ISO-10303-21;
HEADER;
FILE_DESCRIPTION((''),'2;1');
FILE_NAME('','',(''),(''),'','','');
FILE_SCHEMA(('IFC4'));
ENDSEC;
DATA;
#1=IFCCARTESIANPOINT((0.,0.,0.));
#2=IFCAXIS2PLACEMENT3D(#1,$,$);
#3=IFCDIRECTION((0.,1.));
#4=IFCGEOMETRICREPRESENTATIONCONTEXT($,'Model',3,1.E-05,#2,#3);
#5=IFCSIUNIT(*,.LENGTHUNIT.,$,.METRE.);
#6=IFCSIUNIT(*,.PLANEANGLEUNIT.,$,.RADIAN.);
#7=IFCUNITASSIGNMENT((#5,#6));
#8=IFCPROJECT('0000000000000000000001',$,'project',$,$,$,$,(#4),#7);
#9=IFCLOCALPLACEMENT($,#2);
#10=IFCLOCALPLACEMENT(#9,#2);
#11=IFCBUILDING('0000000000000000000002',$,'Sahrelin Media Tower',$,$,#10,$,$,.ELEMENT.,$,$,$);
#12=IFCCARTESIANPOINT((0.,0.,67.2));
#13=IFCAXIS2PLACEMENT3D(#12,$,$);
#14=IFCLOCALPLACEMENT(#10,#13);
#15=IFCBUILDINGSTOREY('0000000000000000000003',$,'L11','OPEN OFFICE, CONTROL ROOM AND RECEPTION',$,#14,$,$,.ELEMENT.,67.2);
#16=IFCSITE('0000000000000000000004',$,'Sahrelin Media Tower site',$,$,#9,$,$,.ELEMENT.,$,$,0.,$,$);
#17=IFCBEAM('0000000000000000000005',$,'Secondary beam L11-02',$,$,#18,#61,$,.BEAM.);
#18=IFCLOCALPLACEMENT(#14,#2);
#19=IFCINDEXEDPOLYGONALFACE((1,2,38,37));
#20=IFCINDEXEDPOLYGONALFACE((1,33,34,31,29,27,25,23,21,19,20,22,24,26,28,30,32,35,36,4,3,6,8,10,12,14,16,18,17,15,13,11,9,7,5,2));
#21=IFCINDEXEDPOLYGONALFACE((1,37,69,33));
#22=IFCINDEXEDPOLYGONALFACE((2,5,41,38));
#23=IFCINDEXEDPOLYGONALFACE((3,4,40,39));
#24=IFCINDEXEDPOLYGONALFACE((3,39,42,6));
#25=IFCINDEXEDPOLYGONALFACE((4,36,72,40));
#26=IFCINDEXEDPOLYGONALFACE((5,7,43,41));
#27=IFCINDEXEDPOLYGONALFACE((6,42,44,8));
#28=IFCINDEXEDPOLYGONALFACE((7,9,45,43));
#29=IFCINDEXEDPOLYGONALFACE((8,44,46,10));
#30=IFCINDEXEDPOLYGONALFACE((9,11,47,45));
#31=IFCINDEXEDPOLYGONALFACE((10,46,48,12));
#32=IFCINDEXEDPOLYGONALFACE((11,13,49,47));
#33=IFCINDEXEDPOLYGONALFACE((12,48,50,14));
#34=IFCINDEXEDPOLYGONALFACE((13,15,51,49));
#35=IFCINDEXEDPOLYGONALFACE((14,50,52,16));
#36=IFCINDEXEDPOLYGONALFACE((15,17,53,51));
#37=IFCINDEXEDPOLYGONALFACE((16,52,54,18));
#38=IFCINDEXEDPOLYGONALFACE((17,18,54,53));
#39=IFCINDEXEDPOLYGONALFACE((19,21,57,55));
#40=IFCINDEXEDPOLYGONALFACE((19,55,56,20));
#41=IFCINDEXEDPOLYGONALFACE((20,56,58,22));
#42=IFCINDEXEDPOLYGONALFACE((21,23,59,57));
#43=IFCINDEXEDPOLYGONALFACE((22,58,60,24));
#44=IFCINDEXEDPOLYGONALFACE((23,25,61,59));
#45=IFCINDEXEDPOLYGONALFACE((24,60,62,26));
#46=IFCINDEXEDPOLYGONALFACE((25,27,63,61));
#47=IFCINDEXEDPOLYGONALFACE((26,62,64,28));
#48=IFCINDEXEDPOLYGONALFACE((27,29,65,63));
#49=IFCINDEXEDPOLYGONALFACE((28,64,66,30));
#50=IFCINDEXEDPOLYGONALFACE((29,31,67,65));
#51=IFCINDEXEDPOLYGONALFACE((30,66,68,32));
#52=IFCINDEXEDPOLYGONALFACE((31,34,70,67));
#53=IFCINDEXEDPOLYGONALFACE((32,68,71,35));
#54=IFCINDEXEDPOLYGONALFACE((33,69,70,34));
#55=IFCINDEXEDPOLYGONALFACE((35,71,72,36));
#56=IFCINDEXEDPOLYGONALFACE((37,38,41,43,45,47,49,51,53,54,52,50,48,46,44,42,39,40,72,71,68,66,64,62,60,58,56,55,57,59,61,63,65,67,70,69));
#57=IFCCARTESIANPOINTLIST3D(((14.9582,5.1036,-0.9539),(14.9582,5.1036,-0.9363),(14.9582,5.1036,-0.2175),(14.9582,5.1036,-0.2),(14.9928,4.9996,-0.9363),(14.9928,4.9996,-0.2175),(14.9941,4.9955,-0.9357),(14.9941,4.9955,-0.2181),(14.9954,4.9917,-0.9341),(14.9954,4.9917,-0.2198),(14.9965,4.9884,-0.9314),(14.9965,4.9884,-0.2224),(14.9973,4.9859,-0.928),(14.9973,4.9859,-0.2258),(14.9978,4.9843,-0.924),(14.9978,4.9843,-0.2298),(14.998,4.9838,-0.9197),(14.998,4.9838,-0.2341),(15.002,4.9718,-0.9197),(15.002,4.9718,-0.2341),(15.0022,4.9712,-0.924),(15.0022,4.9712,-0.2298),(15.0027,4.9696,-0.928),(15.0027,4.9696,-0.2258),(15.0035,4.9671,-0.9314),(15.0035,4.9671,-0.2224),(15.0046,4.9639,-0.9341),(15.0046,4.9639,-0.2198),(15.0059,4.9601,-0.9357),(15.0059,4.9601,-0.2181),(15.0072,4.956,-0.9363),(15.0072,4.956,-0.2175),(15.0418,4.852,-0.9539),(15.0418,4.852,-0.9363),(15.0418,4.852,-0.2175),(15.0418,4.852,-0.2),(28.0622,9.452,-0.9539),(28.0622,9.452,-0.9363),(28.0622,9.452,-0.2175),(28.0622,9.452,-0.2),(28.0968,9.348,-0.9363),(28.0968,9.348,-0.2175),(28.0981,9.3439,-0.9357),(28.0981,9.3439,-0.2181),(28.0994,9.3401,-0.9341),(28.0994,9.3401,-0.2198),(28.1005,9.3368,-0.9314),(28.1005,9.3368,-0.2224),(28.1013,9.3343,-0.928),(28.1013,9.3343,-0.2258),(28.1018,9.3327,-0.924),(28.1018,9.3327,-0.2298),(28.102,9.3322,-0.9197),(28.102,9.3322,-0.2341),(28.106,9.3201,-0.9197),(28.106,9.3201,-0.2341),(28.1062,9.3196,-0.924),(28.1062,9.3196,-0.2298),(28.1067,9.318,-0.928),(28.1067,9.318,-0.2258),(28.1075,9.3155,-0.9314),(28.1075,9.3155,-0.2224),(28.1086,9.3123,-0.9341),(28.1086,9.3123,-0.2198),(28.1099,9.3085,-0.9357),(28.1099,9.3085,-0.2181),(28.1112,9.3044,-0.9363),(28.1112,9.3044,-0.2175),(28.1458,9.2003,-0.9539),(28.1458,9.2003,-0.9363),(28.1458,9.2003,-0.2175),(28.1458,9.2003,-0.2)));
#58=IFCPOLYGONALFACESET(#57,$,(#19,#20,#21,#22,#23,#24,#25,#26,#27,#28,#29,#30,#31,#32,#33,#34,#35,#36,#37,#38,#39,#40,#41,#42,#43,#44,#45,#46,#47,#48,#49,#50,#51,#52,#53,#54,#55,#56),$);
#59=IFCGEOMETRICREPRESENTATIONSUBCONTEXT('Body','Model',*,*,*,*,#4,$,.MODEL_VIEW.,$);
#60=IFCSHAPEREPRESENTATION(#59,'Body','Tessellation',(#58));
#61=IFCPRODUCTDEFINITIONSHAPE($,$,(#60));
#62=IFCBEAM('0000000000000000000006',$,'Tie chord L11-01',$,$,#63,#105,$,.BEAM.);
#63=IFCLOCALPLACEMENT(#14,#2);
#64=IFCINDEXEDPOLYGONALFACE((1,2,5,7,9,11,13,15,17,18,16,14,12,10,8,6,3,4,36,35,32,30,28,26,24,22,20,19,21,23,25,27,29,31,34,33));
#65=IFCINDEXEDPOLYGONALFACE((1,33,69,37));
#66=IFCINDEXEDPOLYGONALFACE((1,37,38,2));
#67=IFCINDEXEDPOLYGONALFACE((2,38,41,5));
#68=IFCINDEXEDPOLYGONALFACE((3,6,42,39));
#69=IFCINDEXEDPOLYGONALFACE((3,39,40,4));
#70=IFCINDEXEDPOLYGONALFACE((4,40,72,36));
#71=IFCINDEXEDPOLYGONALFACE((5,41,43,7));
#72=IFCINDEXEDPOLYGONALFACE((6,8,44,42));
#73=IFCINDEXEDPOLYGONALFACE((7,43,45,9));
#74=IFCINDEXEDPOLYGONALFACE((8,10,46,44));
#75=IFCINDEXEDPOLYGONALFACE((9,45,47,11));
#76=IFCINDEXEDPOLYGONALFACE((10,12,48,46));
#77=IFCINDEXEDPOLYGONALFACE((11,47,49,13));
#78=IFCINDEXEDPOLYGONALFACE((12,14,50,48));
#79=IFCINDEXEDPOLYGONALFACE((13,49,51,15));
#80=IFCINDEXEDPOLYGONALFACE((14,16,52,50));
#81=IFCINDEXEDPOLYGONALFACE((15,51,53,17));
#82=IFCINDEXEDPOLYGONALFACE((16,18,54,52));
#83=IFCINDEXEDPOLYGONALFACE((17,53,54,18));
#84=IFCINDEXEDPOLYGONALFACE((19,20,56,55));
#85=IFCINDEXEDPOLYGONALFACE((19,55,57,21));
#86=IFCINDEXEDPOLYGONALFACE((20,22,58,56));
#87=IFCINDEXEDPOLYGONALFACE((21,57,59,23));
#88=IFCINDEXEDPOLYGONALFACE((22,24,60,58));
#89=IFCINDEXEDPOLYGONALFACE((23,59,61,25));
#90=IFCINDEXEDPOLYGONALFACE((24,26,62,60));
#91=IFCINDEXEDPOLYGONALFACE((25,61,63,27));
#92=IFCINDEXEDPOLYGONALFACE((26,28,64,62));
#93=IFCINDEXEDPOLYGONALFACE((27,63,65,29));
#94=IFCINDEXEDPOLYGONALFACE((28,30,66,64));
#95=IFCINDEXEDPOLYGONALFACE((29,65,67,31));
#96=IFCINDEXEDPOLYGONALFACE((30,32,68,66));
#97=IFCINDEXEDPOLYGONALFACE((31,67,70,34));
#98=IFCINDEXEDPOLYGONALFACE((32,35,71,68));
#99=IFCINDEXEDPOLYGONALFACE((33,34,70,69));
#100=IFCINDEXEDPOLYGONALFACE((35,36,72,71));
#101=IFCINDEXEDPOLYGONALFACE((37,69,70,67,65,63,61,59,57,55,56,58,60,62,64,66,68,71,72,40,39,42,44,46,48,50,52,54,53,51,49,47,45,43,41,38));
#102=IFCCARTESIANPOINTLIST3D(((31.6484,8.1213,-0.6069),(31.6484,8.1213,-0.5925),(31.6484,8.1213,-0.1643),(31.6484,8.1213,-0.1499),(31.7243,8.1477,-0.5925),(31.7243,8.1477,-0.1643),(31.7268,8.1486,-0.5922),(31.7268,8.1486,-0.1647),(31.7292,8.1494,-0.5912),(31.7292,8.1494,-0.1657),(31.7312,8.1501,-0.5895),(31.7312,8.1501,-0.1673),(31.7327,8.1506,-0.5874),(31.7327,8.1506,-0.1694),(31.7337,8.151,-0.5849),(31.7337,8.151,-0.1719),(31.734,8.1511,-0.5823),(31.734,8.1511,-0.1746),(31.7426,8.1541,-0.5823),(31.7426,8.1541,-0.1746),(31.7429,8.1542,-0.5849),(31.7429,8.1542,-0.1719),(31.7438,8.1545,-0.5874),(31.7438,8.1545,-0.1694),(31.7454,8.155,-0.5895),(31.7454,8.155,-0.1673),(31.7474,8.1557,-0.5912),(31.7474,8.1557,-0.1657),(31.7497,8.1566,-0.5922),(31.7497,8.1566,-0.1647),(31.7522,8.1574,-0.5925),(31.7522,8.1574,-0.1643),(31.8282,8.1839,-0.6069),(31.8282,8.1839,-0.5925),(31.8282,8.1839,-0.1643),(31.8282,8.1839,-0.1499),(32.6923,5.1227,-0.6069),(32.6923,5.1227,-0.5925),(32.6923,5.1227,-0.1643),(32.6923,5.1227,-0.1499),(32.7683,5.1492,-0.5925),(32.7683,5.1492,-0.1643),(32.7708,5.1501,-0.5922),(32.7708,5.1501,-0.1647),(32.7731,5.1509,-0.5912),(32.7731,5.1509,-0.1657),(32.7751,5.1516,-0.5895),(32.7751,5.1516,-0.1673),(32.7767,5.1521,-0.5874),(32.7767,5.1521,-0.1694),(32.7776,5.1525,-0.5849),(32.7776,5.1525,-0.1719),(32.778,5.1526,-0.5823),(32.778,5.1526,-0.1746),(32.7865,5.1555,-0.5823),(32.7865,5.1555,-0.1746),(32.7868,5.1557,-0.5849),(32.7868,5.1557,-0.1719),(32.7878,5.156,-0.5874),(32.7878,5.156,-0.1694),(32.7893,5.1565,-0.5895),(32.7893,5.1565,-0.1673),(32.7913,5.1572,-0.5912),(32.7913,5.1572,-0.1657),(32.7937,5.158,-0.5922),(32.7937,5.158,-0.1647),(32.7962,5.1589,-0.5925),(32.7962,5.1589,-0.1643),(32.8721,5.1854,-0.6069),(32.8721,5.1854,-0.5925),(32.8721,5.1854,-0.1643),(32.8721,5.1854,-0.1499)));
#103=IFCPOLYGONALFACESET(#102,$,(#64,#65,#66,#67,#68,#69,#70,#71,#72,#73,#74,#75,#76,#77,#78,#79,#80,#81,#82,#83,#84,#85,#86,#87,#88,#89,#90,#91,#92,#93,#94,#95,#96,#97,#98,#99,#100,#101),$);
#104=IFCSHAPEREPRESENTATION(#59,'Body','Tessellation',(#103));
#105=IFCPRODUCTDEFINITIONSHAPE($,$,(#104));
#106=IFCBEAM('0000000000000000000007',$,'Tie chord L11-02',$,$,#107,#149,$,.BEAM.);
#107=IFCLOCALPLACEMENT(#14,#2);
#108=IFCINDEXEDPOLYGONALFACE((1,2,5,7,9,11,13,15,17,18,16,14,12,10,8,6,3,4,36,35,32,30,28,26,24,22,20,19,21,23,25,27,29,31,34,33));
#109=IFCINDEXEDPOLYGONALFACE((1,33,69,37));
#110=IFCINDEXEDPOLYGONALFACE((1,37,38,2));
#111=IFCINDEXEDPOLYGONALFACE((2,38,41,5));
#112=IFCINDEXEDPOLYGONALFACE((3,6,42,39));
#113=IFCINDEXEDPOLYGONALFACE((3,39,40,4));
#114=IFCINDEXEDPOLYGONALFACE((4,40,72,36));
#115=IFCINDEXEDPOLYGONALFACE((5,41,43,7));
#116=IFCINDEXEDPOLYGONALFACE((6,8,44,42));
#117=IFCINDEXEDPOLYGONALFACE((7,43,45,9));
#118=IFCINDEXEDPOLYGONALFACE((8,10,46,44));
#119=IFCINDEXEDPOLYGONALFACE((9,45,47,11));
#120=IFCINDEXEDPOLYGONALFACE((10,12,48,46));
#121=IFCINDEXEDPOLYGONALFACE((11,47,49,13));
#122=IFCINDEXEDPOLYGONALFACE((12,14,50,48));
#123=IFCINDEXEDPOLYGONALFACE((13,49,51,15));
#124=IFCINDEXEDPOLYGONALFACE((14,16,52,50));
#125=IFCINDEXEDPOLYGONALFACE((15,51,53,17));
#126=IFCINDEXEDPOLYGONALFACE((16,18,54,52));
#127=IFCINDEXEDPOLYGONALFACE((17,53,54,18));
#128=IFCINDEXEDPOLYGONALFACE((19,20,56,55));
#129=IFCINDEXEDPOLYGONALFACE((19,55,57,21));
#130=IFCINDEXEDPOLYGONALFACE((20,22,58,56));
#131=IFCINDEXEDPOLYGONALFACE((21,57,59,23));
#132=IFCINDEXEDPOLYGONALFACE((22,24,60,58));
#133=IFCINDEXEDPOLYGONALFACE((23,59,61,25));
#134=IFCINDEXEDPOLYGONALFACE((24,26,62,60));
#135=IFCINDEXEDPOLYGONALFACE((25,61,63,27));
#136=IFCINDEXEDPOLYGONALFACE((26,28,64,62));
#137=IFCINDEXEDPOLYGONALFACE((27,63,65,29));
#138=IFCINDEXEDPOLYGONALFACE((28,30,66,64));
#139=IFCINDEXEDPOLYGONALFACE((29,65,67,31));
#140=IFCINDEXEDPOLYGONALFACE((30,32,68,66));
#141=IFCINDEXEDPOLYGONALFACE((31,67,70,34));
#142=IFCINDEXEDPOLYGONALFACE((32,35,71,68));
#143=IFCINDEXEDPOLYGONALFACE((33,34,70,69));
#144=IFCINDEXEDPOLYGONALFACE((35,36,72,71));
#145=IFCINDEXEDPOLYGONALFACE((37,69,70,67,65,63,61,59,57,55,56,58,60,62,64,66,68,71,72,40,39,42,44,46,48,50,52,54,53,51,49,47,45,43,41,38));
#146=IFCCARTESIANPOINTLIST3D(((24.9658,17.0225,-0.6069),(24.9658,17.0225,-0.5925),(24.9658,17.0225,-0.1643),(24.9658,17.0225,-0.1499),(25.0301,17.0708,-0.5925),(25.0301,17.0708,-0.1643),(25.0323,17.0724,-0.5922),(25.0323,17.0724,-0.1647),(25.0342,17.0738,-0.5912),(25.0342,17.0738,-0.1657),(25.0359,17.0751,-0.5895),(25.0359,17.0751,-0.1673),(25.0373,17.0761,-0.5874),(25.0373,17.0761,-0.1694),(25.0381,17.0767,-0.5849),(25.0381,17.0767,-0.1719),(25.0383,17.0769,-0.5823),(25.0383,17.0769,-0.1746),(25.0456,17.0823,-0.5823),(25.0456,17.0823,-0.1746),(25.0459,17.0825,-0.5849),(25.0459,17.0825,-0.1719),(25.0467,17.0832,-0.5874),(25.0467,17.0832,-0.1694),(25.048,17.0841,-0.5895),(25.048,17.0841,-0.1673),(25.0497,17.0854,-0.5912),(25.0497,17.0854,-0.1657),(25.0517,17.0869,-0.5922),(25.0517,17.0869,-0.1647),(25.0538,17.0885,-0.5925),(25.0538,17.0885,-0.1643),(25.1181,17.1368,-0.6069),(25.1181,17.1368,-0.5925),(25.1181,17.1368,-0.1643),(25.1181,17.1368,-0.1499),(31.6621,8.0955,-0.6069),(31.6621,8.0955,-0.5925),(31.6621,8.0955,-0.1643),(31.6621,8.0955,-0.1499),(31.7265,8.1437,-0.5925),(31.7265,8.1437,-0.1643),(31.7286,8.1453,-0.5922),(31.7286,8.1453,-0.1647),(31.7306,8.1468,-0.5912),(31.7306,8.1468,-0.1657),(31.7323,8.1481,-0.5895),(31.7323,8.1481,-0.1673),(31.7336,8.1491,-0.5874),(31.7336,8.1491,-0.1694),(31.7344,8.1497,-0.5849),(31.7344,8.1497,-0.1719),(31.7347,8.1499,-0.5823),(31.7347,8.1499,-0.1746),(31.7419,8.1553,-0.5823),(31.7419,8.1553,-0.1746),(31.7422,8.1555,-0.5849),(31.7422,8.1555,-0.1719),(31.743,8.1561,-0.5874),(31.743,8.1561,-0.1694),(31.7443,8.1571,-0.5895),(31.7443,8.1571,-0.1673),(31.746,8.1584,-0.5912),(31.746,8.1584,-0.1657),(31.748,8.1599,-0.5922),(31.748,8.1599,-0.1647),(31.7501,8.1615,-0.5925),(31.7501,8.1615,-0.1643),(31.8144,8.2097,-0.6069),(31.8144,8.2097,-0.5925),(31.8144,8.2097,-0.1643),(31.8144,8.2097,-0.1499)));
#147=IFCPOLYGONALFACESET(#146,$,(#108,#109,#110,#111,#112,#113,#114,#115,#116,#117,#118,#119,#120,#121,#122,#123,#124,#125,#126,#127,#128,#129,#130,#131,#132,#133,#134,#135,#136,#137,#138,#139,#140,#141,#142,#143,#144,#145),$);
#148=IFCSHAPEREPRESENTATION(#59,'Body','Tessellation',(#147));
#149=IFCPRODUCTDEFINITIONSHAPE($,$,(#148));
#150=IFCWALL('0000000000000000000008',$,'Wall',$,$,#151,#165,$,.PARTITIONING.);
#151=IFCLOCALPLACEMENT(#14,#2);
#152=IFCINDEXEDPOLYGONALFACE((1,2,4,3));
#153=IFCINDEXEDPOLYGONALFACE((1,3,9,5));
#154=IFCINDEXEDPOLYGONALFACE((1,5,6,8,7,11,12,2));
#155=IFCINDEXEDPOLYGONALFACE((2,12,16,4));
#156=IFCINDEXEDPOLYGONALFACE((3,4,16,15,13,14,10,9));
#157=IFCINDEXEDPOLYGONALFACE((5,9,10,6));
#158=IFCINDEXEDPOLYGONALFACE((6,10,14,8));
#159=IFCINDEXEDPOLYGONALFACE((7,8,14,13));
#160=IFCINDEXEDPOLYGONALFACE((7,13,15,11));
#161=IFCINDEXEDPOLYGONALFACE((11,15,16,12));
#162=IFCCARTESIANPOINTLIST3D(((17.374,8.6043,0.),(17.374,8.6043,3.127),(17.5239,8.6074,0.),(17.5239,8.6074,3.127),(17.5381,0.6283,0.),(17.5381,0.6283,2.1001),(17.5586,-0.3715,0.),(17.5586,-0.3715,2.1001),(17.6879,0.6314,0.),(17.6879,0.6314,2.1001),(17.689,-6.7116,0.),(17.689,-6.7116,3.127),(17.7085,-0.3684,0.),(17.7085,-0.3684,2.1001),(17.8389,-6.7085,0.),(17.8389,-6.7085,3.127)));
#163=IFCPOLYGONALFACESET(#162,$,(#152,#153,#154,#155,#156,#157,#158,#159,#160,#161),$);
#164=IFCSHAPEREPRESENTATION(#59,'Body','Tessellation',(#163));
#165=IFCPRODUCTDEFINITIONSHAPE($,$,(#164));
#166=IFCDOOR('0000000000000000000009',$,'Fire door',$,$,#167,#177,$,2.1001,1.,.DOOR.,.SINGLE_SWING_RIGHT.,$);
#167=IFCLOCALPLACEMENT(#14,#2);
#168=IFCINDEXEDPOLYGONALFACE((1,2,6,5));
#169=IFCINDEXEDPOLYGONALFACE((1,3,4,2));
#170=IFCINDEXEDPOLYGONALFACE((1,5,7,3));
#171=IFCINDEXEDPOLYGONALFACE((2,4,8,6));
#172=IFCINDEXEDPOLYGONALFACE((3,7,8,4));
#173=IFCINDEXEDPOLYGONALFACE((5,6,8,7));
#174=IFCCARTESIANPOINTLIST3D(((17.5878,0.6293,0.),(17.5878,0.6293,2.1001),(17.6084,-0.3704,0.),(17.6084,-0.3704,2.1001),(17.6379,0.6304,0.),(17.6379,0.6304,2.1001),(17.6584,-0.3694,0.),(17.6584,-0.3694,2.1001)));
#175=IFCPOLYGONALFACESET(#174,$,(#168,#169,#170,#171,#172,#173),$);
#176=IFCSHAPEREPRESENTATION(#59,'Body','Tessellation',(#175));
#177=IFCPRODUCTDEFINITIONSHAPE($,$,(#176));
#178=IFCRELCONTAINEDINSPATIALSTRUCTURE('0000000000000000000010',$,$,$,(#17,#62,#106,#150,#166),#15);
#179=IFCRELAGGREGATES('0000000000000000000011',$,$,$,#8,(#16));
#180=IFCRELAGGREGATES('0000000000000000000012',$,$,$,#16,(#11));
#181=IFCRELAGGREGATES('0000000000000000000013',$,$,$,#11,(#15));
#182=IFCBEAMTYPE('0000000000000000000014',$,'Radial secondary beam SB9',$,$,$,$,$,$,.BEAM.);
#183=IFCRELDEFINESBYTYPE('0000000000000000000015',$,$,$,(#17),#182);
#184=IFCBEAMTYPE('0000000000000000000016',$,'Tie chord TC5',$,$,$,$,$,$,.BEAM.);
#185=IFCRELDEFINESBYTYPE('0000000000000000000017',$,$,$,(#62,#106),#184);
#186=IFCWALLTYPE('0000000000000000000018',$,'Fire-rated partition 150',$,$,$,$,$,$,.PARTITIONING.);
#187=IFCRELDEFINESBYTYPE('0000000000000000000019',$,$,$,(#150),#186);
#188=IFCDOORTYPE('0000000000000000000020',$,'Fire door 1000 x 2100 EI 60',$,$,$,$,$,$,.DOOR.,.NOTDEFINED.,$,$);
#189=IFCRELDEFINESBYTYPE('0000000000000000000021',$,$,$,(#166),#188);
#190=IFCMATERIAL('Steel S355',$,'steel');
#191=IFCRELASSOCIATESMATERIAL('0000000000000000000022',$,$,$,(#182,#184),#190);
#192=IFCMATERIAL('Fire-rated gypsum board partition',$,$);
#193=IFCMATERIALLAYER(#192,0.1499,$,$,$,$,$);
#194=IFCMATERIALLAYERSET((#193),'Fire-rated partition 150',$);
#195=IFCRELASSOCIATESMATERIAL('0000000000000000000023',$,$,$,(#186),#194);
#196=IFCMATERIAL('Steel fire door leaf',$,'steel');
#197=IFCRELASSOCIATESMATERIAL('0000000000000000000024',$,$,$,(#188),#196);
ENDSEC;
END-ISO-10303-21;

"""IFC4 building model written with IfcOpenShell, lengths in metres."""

from ifc_helpers import new_model, si_unit, direction, frame, frame_2d, origin, origin_2d, place, context, subcontext, project, spatial, rectangle, i_section, extrude, material, layer, layer_set, material_profile, profile_set, type_object, element, fill, save


model = new_model("IFC4")

# Units and contexts
model_context = context("Model", 3, precision=1e-05, world=origin(), true_north=direction((0.0, 1.0)))
body_context = subcontext(model_context, "Body", "Model", "MODEL_VIEW")
ifc_project = project(units=[si_unit("LENGTHUNIT", "METRE"), si_unit("PLANEANGLEUNIT", "RADIAN")], contexts=[model_context])

# Site, building, storey
site_placement = place(None, origin())
site = spatial("IfcSite", under=ifc_project, at=site_placement, Name="Sahrelin Media Tower site", CompositionType="ELEMENT", RefElevation=0.0)
building_placement = place(site_placement, origin())
building = spatial("IfcBuilding", under=site, at=building_placement, Name="Sahrelin Media Tower", CompositionType="ELEMENT")
storey_placement = place(building_placement, frame((0.0, 0.0, 67.2)))
storey = spatial("IfcBuildingStorey", under=building, at=storey_placement, Name="L11", Description="OPEN OFFICE, CONTROL ROOM AND RECEPTION", CompositionType="ELEMENT", Elevation=67.2)

# Beams
ifc_material_1 = material(Name="Steel S355", Category="steel")
ifc_material_profile_1 = material_profile(ifc_material_1, i_section(OverallWidth=0.2651, OverallDepth=0.7539, WebThickness=0.0127, FlangeThickness=0.0176, FilletRadius=0.0166, at=origin_2d()), Name="UB 762x267x147")
ifc_profile_set_1 = profile_set([ifc_material_profile_1], Name="Steel S355")
beam_type_1 = type_object("IfcBeamType", Name="Radial secondary beam SB9", PredefinedType="BEAM", material=ifc_profile_set_1)
beam_1_placement = place(storey_placement, frame((15.0, 4.9778, -0.5769), z_axis=(0.949109, 0.314949, 0.0), x_axis=(-0.314949, 0.949109, 0.0)))
element("IfcBeam", 1, at=beam_1_placement, inside=storey, type_object=beam_type_1, Name="Secondary beam L11-02", PredefinedType="BEAM", context=body_context, shape_type="SweptSolid", body=[
    extrude(i_section(OverallWidth=0.2651, OverallDepth=0.7539, WebThickness=0.0127, FlangeThickness=0.0176, FilletRadius=0.0166, at=origin_2d()), origin(), (0.0, 0.0, 1.0), 13.8066),
])
ifc_material_profile_2 = material_profile(ifc_material_1, i_section(OverallWidth=0.1904, OverallDepth=0.457, WebThickness=0.009, FlangeThickness=0.0144, FilletRadius=0.0103, at=origin_2d()), Name="UB 457x191x74")
ifc_profile_set_2 = profile_set([ifc_material_profile_2], Name="Steel S355")
beam_type_2 = type_object("IfcBeamType", Name="Tie chord TC5", PredefinedType="BEAM", material=ifc_profile_set_2)
beam_2_placement = place(storey_placement, frame((32.7822, 5.1541, -0.3784), z_axis=(-0.328795, 0.944401, 0.0), x_axis=(-0.944401, -0.328795, 0.0)))
element("IfcBeam", 2, at=beam_2_placement, inside=storey, type_object=beam_type_2, Name="Tie chord L11-01", PredefinedType="BEAM", context=body_context, shape_type="SweptSolid", body=[
    extrude(i_section(OverallWidth=0.1904, OverallDepth=0.457, WebThickness=0.009, FlangeThickness=0.0144, FilletRadius=0.0103, at=origin_2d()), origin(), (0.0, 0.0, 1.0), 3.175),
])
beam_3_placement = place(storey_placement, frame((31.7383, 8.1526, -0.3784), z_axis=(-0.60006, 0.799955, 0.0), x_axis=(-0.799955, -0.60006, 0.0)))
element("IfcBeam", 3, at=beam_3_placement, inside=storey, type_object=beam_type_2, Name="Tie chord L11-02", PredefinedType="BEAM", context=body_context, shape_type="SweptSolid", body=[
    extrude(i_section(OverallWidth=0.1904, OverallDepth=0.457, WebThickness=0.009, FlangeThickness=0.0144, FilletRadius=0.0103, at=origin_2d()), origin(), (0.0, 0.0, 1.0), 11.1594),
])

# Wall, opening, door
ifc_material_2 = material(Name="Fire-rated gypsum board partition")
ifc_layer_1 = layer(ifc_material_2, 0.1499)
ifc_layer_set_1 = layer_set([ifc_layer_1], Name="Fire-rated partition 150")
wall_type_1 = type_object("IfcWallType", Name="Fire-rated partition 150", PredefinedType="PARTITIONING", material=ifc_layer_set_1)
wall_1_placement = place(storey_placement, frame((17.449, 8.606, 0.0), z_axis=(0.0, 0.0, 1.0), x_axis=(0.020559, -0.999789, 0.0)))
wall_1 = element("IfcWall", 4, at=wall_1_placement, inside=storey, type_object=wall_type_1, Name="Wall", PredefinedType="PARTITIONING", context=body_context, shape_type="SweptSolid", body=[
    extrude(rectangle(XDim=15.3191, YDim=0.1499, at=frame_2d((7.6597, 0.0))), origin(), (0.0, 0.0, 1.0), 3.127),
])
opening_1_placement = place(wall_1_placement, frame((7.9778, 0.0, 0.0)))
opening_1 = element("IfcOpeningElement", 5, at=opening_1_placement, cuts=wall_1, PredefinedType="OPENING", context=body_context, shape_type="SweptSolid", body=[
    extrude(rectangle(XDim=1.0, YDim=2.1001, at=frame_2d((0.5, 1.05))), frame((0.0, 0.075, 0.0), z_axis=(0.0, -1.0, 0.0), x_axis=(1.0, 0.0, 0.0)), (0.0, 0.0, 1.0), 0.1499),
])
ifc_material_3 = material(Name="Steel fire door leaf", Category="steel")
door_type_1 = type_object("IfcDoorType", Name="Fire door 1000 x 2100 EI 60", OperationType="NOTDEFINED", PredefinedType="DOOR", material=ifc_material_3)
door_1_placement = place(opening_1_placement, origin())
door_1 = element("IfcDoor", 6, at=door_1_placement, inside=storey, type_object=door_type_1, Name="Fire door", OperationType="SINGLE_SWING_RIGHT", OverallHeight=2.1001, OverallWidth=1.0, PredefinedType="DOOR", context=body_context, shape_type="SweptSolid", body=[
    extrude(rectangle(XDim=1.0, YDim=2.1001, at=frame_2d((0.5, 1.05))), frame((0.0, 0.0249, 0.0), z_axis=(0.0, -1.0, 0.0), x_axis=(1.0, 0.0, 0.0)), (0.0, 0.0, 1.0), 0.05),
])
fill(opening_1, door_1)

save(model, "model.ifc")
